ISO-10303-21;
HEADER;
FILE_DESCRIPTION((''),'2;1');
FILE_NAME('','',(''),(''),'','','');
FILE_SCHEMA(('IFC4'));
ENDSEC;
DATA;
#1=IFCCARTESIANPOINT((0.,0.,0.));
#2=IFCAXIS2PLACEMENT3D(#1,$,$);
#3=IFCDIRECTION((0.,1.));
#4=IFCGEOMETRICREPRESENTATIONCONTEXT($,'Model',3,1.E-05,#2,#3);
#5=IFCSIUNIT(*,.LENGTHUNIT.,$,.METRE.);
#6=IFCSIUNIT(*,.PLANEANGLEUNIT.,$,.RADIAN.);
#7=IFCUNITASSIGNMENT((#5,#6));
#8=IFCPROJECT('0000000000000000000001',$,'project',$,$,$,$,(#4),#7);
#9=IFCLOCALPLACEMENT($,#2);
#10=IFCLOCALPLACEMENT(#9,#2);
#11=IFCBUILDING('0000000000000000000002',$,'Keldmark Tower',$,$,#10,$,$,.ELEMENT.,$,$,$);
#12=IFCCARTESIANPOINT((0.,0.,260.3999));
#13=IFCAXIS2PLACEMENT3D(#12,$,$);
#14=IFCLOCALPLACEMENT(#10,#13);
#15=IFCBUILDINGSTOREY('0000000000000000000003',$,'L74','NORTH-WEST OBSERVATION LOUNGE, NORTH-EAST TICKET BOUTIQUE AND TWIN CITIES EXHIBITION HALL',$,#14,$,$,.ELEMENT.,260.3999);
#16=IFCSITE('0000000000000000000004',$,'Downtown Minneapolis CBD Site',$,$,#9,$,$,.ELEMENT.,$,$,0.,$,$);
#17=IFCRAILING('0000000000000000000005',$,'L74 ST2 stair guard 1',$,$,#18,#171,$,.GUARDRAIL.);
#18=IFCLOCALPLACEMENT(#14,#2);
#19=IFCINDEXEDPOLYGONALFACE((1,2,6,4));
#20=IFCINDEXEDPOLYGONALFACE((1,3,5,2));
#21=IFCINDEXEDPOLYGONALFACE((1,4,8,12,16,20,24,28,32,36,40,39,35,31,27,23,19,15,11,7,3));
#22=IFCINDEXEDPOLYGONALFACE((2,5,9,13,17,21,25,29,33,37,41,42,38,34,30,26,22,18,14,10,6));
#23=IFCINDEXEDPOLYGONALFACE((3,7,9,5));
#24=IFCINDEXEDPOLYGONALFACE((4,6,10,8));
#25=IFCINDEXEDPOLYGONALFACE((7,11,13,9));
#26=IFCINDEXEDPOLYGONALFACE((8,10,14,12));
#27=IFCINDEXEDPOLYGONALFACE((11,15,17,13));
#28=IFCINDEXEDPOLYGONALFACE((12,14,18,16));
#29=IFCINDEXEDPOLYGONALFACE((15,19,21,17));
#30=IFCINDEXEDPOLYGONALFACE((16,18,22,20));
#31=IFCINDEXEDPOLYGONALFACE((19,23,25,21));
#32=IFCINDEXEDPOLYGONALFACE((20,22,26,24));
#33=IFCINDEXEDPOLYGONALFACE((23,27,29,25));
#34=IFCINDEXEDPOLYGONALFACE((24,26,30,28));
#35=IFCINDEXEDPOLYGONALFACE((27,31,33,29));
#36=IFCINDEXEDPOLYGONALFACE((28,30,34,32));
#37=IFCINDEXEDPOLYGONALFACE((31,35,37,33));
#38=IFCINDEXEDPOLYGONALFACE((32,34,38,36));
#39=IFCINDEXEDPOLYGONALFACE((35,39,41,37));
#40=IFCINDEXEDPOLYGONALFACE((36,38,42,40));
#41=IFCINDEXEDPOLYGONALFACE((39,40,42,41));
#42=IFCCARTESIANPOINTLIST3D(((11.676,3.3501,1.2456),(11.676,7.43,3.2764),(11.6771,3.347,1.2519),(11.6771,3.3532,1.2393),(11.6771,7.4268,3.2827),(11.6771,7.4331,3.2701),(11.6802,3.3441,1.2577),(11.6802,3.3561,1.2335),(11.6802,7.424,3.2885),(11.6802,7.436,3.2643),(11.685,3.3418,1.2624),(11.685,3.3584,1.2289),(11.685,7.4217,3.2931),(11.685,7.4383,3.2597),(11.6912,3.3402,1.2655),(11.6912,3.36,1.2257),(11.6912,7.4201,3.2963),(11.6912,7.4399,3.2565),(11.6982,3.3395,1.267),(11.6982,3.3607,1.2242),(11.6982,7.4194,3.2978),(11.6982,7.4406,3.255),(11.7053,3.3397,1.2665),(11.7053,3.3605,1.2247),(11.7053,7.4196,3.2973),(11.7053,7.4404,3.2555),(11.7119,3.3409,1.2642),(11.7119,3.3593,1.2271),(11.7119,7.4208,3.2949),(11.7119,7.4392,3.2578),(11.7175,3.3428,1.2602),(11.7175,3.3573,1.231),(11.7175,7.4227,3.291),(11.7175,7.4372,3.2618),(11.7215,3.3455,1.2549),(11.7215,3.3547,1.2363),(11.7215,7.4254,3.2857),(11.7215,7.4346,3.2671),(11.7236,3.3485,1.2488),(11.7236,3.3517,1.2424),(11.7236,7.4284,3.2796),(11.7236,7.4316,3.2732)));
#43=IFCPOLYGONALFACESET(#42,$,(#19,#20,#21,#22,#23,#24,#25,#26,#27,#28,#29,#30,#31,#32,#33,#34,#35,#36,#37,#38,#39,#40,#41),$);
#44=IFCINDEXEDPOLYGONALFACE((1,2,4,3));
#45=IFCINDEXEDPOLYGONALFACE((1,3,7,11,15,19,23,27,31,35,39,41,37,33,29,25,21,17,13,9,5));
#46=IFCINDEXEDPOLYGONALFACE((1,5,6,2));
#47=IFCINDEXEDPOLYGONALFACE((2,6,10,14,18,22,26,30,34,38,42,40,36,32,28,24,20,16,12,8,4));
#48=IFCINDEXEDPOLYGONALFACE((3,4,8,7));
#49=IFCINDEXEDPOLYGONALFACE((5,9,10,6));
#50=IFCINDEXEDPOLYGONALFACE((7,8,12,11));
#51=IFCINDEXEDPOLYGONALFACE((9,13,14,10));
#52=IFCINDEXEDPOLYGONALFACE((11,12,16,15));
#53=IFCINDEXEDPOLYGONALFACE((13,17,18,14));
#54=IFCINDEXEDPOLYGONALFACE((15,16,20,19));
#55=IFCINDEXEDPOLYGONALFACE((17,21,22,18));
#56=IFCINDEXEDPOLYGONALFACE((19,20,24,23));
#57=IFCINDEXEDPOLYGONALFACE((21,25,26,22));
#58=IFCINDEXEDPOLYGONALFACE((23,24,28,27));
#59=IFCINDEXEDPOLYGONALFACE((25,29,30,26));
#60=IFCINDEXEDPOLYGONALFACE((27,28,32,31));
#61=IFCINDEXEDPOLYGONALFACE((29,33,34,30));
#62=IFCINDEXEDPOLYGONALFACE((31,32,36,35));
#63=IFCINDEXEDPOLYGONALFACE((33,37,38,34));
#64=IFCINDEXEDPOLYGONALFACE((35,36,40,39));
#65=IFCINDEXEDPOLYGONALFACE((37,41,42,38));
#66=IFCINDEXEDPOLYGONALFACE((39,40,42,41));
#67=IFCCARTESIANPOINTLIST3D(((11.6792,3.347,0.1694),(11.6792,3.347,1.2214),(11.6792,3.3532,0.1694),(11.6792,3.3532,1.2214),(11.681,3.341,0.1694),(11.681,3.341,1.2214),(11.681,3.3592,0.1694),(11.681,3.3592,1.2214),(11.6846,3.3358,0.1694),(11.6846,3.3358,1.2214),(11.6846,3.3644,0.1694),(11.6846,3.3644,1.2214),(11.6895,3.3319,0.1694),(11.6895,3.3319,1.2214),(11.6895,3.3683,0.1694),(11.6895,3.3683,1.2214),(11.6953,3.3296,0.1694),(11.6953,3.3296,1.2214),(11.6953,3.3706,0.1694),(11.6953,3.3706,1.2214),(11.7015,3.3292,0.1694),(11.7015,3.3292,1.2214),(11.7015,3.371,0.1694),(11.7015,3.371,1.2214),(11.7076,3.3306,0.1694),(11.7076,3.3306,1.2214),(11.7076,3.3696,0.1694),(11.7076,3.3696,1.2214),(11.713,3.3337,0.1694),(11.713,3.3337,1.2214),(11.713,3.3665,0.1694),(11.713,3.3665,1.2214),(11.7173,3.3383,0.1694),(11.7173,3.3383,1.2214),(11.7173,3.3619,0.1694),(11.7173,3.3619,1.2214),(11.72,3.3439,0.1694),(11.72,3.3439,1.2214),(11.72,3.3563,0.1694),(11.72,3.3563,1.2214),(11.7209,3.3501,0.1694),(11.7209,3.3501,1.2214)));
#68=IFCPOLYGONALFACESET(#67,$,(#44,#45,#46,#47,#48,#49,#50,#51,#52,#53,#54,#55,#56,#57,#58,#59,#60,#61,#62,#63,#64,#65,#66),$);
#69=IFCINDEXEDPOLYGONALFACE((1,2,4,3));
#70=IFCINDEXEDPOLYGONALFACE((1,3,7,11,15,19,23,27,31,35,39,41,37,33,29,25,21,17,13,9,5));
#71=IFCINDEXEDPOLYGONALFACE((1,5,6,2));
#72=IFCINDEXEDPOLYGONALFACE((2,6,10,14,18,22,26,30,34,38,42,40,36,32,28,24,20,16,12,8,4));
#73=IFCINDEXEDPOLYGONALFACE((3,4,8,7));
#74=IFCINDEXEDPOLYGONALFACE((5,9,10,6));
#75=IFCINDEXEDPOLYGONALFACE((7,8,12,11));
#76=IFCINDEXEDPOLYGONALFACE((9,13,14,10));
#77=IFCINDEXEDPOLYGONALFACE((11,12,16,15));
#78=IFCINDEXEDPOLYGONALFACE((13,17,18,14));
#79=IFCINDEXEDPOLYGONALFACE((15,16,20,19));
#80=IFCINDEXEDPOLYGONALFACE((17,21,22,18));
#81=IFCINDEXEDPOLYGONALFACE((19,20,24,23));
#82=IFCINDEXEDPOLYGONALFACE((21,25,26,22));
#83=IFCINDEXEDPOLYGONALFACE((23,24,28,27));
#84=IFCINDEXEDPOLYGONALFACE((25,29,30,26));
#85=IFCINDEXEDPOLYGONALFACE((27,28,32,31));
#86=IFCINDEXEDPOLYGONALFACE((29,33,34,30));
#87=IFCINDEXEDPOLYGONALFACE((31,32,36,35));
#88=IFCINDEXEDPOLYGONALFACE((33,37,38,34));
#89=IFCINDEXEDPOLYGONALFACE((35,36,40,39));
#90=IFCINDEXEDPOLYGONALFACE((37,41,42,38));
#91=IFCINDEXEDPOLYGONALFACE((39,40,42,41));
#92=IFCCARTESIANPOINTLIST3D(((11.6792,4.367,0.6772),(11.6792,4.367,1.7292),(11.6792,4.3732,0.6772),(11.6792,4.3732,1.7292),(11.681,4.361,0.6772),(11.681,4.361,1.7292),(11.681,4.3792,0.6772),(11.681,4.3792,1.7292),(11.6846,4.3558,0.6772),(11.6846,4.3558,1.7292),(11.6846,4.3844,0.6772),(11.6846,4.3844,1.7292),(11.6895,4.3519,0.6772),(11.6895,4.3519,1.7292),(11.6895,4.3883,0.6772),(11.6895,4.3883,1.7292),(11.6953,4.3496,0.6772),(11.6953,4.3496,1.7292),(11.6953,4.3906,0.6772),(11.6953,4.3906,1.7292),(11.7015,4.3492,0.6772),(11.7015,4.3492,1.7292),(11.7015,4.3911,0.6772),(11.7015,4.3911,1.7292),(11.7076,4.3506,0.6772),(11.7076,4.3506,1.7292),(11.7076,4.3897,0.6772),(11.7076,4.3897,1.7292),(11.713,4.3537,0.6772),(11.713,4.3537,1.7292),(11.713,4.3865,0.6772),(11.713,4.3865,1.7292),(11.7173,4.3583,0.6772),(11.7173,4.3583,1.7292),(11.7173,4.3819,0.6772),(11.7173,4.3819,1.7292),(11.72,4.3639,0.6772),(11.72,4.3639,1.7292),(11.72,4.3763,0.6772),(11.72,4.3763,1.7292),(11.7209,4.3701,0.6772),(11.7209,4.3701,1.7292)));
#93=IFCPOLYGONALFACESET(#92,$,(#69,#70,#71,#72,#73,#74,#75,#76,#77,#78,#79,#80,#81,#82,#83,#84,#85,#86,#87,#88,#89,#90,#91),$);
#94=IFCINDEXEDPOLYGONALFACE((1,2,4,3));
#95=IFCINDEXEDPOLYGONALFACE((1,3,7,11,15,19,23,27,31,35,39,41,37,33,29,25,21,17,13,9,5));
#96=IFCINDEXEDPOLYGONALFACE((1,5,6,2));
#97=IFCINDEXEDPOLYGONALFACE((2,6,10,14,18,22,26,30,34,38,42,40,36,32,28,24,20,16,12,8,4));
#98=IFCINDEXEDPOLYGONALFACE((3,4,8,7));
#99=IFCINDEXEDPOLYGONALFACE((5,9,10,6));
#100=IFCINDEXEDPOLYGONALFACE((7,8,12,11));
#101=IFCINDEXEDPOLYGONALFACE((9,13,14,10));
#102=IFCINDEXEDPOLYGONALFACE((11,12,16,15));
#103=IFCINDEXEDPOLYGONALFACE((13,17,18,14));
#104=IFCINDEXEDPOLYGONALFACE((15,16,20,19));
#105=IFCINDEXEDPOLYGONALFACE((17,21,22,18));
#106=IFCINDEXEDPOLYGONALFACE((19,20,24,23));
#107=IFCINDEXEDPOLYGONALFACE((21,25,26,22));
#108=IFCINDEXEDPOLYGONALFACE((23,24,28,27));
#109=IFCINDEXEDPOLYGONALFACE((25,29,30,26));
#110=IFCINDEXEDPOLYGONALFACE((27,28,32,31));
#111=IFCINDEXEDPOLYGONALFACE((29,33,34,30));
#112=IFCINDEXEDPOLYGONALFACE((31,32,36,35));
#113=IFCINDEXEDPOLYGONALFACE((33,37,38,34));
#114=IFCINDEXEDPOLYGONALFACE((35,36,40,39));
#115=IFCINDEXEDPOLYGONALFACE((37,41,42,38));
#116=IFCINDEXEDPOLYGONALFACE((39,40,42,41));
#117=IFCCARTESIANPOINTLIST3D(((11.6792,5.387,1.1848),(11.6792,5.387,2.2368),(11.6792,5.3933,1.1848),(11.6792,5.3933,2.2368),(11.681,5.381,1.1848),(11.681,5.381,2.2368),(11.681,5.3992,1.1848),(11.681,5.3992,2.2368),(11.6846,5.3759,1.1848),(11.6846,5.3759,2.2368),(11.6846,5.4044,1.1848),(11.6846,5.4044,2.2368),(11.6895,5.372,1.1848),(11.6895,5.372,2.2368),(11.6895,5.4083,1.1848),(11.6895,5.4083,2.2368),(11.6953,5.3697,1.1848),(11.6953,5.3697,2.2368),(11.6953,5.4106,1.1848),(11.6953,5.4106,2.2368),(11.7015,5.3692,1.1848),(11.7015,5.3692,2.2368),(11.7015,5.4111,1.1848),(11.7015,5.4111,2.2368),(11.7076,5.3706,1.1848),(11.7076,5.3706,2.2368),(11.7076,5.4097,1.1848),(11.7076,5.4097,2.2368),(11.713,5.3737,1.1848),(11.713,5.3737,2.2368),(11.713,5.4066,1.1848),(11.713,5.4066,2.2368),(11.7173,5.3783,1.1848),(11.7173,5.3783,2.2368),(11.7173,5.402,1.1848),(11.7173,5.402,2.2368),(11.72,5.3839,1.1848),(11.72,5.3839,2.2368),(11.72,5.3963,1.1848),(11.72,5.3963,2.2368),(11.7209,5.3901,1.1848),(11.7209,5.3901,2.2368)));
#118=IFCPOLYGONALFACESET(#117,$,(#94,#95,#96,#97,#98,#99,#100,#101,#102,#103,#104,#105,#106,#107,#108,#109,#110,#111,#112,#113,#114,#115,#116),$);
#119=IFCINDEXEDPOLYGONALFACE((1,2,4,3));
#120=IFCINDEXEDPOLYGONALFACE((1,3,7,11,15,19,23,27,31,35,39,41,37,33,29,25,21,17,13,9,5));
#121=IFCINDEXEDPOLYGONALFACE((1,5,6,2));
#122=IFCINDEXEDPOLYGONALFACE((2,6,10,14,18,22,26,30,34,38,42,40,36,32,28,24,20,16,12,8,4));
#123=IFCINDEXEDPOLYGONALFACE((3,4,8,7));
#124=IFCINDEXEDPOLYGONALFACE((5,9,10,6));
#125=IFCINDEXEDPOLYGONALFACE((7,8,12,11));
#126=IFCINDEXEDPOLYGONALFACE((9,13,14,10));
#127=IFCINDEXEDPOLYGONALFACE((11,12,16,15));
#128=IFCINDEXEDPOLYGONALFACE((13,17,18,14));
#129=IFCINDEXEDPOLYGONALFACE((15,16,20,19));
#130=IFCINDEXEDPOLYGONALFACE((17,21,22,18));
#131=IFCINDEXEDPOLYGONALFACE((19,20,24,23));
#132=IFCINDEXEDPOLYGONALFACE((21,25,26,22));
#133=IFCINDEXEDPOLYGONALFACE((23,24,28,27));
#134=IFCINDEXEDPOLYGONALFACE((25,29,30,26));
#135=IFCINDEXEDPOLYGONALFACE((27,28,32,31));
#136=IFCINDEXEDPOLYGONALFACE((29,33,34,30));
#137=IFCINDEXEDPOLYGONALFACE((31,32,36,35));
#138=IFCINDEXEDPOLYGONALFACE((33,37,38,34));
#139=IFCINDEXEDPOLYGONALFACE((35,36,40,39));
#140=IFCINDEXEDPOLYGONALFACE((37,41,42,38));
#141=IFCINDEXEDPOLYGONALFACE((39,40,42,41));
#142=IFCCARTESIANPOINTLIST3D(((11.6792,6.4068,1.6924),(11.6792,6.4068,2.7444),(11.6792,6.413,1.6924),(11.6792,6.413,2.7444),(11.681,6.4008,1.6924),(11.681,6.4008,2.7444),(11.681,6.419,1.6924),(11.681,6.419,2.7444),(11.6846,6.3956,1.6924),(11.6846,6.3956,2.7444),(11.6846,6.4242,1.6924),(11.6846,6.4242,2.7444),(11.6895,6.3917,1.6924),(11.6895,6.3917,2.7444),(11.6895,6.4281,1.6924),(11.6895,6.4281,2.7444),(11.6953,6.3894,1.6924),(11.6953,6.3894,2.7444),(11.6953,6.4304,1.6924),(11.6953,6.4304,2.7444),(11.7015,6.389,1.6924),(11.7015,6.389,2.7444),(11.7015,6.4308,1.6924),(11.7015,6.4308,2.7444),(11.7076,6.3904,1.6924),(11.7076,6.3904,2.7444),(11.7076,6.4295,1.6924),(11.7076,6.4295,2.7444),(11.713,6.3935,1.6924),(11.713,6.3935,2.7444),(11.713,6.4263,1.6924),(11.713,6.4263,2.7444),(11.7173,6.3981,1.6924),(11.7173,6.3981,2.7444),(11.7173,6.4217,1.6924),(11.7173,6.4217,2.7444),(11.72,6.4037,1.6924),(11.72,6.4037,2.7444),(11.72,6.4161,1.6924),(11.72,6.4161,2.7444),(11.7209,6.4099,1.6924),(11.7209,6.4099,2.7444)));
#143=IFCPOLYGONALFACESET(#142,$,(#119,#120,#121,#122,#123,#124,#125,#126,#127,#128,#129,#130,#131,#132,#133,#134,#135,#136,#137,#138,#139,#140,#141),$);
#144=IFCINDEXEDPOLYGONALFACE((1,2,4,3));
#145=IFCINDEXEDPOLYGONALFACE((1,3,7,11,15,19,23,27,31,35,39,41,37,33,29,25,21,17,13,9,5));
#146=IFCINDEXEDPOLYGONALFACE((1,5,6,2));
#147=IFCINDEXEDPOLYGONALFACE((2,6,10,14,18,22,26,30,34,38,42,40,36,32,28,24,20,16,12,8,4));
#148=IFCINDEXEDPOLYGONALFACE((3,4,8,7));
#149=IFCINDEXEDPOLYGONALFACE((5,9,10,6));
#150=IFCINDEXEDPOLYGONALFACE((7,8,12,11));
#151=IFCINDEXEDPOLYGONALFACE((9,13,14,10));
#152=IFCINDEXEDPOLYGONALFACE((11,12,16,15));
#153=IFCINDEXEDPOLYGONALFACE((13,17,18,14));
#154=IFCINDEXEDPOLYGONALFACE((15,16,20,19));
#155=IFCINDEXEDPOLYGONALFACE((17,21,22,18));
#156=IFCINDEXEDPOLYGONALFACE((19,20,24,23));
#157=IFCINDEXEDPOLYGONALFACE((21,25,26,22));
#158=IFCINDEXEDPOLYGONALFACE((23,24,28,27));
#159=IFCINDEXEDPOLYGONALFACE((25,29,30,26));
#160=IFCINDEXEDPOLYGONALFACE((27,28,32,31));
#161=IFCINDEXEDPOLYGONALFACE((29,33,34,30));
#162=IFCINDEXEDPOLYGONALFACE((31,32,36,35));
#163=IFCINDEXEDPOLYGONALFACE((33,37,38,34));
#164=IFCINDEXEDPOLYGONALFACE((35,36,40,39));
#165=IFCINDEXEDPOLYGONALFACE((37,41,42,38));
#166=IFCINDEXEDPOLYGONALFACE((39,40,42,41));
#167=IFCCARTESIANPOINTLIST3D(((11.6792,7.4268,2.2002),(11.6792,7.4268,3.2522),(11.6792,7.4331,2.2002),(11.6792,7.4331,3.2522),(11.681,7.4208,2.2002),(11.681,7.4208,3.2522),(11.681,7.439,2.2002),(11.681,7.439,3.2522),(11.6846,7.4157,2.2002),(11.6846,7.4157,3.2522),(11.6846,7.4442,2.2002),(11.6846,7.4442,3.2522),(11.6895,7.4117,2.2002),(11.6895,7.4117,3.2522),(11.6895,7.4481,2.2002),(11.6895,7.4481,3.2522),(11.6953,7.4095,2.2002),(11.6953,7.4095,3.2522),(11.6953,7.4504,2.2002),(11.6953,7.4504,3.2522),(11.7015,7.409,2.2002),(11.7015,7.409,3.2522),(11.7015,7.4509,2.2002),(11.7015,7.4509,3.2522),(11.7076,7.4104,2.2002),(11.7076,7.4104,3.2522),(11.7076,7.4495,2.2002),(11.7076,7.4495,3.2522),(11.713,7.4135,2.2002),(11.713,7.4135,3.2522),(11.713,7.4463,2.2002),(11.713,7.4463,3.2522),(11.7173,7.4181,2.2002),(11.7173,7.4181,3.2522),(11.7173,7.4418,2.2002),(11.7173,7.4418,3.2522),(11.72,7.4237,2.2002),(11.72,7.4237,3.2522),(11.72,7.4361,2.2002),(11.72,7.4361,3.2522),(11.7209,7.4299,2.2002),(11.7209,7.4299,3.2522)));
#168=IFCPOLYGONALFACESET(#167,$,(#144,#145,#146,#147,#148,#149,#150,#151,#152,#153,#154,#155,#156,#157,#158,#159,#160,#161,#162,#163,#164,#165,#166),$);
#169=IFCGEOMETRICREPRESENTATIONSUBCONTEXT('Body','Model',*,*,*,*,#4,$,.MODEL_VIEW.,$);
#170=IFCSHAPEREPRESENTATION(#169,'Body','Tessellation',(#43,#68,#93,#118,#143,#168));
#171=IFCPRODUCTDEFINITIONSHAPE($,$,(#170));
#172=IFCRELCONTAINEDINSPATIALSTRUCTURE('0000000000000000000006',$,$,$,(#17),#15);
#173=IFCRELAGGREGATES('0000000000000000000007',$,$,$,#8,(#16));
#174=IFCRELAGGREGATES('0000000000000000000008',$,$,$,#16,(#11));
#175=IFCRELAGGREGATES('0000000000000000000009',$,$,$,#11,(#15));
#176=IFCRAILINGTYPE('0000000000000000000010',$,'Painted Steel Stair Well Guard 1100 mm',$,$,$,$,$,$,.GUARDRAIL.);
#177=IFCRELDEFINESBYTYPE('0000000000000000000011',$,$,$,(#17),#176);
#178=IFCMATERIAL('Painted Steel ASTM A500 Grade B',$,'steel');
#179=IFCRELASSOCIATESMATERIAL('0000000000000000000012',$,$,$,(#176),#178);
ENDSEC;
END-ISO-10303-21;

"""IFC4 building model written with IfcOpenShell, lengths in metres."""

from ifc_helpers import new_model, si_unit, direction, frame, origin, origin_2d, place, context, subcontext, project, spatial, circle, extrude, material, type_object, element, save


model = new_model("IFC4")

# Units and contexts
model_context = context("Model", 3, precision=1e-05, world=origin(), true_north=direction((0.0, 1.0)))
body_context = subcontext(model_context, "Body", "Model", "MODEL_VIEW")
ifc_project = project(units=[si_unit("LENGTHUNIT", "METRE"), si_unit("PLANEANGLEUNIT", "RADIAN")], contexts=[model_context])

# Site, building, storey
site_placement = place(None, origin())
site = spatial("IfcSite", under=ifc_project, at=site_placement, Name="Downtown Minneapolis CBD Site", CompositionType="ELEMENT", RefElevation=0.0)
building_placement = place(site_placement, origin())
building = spatial("IfcBuilding", under=site, at=building_placement, Name="Keldmark Tower", CompositionType="ELEMENT")
storey_placement = place(building_placement, frame((0.0, 0.0, 260.3999)))
storey = spatial("IfcBuildingStorey", under=building, at=storey_placement, Name="L74", Description="NORTH-WEST OBSERVATION LOUNGE, NORTH-EAST TICKET BOUTIQUE AND TWIN CITIES EXHIBITION HALL", CompositionType="ELEMENT", Elevation=260.3999)

# Railing
ifc_material_1 = material(Name="Painted Steel ASTM A500 Grade B", Category="steel")
railing_type_1 = type_object("IfcRailingType", Name="Painted Steel Stair Well Guard 1100 mm", PredefinedType="GUARDRAIL", material=ifc_material_1)
railing_1_placement = place(storey_placement, frame((11.7, 3.3501, 0.1694)))
element("IfcRailing", 1, at=railing_1_placement, inside=storey, type_object=railing_type_1, Name="L74 ST2 stair guard 1", PredefinedType="GUARDRAIL", context=body_context, shape_type="SweptSolid", body=[
    extrude(circle(Radius=0.0239, at=origin_2d()), frame((0.0, 0.0, 1.0762), z_axis=(0.0, 0.895229, 0.445606), x_axis=(-1.0, 0.0, 0.0)), (0.0, 0.0, 1.0), 4.5574),
    extrude(circle(Radius=0.021, at=origin_2d()), origin(), (0.0, 0.0, 1.0), 1.052),
    extrude(circle(Radius=0.021, at=origin_2d()), frame((0.0, 1.02, 0.5078)), (0.0, 0.0, 1.0), 1.052),
    extrude(circle(Radius=0.021, at=origin_2d()), frame((0.0, 2.04, 1.0154)), (0.0, 0.0, 1.0), 1.052),
    extrude(circle(Radius=0.021, at=origin_2d()), frame((0.0, 3.0598, 1.5229)), (0.0, 0.0, 1.0), 1.052),
    extrude(circle(Radius=0.021, at=origin_2d()), frame((0.0, 4.0798, 2.0308)), (0.0, 0.0, 1.0), 1.052),
])

save(model, "model.ifc")
